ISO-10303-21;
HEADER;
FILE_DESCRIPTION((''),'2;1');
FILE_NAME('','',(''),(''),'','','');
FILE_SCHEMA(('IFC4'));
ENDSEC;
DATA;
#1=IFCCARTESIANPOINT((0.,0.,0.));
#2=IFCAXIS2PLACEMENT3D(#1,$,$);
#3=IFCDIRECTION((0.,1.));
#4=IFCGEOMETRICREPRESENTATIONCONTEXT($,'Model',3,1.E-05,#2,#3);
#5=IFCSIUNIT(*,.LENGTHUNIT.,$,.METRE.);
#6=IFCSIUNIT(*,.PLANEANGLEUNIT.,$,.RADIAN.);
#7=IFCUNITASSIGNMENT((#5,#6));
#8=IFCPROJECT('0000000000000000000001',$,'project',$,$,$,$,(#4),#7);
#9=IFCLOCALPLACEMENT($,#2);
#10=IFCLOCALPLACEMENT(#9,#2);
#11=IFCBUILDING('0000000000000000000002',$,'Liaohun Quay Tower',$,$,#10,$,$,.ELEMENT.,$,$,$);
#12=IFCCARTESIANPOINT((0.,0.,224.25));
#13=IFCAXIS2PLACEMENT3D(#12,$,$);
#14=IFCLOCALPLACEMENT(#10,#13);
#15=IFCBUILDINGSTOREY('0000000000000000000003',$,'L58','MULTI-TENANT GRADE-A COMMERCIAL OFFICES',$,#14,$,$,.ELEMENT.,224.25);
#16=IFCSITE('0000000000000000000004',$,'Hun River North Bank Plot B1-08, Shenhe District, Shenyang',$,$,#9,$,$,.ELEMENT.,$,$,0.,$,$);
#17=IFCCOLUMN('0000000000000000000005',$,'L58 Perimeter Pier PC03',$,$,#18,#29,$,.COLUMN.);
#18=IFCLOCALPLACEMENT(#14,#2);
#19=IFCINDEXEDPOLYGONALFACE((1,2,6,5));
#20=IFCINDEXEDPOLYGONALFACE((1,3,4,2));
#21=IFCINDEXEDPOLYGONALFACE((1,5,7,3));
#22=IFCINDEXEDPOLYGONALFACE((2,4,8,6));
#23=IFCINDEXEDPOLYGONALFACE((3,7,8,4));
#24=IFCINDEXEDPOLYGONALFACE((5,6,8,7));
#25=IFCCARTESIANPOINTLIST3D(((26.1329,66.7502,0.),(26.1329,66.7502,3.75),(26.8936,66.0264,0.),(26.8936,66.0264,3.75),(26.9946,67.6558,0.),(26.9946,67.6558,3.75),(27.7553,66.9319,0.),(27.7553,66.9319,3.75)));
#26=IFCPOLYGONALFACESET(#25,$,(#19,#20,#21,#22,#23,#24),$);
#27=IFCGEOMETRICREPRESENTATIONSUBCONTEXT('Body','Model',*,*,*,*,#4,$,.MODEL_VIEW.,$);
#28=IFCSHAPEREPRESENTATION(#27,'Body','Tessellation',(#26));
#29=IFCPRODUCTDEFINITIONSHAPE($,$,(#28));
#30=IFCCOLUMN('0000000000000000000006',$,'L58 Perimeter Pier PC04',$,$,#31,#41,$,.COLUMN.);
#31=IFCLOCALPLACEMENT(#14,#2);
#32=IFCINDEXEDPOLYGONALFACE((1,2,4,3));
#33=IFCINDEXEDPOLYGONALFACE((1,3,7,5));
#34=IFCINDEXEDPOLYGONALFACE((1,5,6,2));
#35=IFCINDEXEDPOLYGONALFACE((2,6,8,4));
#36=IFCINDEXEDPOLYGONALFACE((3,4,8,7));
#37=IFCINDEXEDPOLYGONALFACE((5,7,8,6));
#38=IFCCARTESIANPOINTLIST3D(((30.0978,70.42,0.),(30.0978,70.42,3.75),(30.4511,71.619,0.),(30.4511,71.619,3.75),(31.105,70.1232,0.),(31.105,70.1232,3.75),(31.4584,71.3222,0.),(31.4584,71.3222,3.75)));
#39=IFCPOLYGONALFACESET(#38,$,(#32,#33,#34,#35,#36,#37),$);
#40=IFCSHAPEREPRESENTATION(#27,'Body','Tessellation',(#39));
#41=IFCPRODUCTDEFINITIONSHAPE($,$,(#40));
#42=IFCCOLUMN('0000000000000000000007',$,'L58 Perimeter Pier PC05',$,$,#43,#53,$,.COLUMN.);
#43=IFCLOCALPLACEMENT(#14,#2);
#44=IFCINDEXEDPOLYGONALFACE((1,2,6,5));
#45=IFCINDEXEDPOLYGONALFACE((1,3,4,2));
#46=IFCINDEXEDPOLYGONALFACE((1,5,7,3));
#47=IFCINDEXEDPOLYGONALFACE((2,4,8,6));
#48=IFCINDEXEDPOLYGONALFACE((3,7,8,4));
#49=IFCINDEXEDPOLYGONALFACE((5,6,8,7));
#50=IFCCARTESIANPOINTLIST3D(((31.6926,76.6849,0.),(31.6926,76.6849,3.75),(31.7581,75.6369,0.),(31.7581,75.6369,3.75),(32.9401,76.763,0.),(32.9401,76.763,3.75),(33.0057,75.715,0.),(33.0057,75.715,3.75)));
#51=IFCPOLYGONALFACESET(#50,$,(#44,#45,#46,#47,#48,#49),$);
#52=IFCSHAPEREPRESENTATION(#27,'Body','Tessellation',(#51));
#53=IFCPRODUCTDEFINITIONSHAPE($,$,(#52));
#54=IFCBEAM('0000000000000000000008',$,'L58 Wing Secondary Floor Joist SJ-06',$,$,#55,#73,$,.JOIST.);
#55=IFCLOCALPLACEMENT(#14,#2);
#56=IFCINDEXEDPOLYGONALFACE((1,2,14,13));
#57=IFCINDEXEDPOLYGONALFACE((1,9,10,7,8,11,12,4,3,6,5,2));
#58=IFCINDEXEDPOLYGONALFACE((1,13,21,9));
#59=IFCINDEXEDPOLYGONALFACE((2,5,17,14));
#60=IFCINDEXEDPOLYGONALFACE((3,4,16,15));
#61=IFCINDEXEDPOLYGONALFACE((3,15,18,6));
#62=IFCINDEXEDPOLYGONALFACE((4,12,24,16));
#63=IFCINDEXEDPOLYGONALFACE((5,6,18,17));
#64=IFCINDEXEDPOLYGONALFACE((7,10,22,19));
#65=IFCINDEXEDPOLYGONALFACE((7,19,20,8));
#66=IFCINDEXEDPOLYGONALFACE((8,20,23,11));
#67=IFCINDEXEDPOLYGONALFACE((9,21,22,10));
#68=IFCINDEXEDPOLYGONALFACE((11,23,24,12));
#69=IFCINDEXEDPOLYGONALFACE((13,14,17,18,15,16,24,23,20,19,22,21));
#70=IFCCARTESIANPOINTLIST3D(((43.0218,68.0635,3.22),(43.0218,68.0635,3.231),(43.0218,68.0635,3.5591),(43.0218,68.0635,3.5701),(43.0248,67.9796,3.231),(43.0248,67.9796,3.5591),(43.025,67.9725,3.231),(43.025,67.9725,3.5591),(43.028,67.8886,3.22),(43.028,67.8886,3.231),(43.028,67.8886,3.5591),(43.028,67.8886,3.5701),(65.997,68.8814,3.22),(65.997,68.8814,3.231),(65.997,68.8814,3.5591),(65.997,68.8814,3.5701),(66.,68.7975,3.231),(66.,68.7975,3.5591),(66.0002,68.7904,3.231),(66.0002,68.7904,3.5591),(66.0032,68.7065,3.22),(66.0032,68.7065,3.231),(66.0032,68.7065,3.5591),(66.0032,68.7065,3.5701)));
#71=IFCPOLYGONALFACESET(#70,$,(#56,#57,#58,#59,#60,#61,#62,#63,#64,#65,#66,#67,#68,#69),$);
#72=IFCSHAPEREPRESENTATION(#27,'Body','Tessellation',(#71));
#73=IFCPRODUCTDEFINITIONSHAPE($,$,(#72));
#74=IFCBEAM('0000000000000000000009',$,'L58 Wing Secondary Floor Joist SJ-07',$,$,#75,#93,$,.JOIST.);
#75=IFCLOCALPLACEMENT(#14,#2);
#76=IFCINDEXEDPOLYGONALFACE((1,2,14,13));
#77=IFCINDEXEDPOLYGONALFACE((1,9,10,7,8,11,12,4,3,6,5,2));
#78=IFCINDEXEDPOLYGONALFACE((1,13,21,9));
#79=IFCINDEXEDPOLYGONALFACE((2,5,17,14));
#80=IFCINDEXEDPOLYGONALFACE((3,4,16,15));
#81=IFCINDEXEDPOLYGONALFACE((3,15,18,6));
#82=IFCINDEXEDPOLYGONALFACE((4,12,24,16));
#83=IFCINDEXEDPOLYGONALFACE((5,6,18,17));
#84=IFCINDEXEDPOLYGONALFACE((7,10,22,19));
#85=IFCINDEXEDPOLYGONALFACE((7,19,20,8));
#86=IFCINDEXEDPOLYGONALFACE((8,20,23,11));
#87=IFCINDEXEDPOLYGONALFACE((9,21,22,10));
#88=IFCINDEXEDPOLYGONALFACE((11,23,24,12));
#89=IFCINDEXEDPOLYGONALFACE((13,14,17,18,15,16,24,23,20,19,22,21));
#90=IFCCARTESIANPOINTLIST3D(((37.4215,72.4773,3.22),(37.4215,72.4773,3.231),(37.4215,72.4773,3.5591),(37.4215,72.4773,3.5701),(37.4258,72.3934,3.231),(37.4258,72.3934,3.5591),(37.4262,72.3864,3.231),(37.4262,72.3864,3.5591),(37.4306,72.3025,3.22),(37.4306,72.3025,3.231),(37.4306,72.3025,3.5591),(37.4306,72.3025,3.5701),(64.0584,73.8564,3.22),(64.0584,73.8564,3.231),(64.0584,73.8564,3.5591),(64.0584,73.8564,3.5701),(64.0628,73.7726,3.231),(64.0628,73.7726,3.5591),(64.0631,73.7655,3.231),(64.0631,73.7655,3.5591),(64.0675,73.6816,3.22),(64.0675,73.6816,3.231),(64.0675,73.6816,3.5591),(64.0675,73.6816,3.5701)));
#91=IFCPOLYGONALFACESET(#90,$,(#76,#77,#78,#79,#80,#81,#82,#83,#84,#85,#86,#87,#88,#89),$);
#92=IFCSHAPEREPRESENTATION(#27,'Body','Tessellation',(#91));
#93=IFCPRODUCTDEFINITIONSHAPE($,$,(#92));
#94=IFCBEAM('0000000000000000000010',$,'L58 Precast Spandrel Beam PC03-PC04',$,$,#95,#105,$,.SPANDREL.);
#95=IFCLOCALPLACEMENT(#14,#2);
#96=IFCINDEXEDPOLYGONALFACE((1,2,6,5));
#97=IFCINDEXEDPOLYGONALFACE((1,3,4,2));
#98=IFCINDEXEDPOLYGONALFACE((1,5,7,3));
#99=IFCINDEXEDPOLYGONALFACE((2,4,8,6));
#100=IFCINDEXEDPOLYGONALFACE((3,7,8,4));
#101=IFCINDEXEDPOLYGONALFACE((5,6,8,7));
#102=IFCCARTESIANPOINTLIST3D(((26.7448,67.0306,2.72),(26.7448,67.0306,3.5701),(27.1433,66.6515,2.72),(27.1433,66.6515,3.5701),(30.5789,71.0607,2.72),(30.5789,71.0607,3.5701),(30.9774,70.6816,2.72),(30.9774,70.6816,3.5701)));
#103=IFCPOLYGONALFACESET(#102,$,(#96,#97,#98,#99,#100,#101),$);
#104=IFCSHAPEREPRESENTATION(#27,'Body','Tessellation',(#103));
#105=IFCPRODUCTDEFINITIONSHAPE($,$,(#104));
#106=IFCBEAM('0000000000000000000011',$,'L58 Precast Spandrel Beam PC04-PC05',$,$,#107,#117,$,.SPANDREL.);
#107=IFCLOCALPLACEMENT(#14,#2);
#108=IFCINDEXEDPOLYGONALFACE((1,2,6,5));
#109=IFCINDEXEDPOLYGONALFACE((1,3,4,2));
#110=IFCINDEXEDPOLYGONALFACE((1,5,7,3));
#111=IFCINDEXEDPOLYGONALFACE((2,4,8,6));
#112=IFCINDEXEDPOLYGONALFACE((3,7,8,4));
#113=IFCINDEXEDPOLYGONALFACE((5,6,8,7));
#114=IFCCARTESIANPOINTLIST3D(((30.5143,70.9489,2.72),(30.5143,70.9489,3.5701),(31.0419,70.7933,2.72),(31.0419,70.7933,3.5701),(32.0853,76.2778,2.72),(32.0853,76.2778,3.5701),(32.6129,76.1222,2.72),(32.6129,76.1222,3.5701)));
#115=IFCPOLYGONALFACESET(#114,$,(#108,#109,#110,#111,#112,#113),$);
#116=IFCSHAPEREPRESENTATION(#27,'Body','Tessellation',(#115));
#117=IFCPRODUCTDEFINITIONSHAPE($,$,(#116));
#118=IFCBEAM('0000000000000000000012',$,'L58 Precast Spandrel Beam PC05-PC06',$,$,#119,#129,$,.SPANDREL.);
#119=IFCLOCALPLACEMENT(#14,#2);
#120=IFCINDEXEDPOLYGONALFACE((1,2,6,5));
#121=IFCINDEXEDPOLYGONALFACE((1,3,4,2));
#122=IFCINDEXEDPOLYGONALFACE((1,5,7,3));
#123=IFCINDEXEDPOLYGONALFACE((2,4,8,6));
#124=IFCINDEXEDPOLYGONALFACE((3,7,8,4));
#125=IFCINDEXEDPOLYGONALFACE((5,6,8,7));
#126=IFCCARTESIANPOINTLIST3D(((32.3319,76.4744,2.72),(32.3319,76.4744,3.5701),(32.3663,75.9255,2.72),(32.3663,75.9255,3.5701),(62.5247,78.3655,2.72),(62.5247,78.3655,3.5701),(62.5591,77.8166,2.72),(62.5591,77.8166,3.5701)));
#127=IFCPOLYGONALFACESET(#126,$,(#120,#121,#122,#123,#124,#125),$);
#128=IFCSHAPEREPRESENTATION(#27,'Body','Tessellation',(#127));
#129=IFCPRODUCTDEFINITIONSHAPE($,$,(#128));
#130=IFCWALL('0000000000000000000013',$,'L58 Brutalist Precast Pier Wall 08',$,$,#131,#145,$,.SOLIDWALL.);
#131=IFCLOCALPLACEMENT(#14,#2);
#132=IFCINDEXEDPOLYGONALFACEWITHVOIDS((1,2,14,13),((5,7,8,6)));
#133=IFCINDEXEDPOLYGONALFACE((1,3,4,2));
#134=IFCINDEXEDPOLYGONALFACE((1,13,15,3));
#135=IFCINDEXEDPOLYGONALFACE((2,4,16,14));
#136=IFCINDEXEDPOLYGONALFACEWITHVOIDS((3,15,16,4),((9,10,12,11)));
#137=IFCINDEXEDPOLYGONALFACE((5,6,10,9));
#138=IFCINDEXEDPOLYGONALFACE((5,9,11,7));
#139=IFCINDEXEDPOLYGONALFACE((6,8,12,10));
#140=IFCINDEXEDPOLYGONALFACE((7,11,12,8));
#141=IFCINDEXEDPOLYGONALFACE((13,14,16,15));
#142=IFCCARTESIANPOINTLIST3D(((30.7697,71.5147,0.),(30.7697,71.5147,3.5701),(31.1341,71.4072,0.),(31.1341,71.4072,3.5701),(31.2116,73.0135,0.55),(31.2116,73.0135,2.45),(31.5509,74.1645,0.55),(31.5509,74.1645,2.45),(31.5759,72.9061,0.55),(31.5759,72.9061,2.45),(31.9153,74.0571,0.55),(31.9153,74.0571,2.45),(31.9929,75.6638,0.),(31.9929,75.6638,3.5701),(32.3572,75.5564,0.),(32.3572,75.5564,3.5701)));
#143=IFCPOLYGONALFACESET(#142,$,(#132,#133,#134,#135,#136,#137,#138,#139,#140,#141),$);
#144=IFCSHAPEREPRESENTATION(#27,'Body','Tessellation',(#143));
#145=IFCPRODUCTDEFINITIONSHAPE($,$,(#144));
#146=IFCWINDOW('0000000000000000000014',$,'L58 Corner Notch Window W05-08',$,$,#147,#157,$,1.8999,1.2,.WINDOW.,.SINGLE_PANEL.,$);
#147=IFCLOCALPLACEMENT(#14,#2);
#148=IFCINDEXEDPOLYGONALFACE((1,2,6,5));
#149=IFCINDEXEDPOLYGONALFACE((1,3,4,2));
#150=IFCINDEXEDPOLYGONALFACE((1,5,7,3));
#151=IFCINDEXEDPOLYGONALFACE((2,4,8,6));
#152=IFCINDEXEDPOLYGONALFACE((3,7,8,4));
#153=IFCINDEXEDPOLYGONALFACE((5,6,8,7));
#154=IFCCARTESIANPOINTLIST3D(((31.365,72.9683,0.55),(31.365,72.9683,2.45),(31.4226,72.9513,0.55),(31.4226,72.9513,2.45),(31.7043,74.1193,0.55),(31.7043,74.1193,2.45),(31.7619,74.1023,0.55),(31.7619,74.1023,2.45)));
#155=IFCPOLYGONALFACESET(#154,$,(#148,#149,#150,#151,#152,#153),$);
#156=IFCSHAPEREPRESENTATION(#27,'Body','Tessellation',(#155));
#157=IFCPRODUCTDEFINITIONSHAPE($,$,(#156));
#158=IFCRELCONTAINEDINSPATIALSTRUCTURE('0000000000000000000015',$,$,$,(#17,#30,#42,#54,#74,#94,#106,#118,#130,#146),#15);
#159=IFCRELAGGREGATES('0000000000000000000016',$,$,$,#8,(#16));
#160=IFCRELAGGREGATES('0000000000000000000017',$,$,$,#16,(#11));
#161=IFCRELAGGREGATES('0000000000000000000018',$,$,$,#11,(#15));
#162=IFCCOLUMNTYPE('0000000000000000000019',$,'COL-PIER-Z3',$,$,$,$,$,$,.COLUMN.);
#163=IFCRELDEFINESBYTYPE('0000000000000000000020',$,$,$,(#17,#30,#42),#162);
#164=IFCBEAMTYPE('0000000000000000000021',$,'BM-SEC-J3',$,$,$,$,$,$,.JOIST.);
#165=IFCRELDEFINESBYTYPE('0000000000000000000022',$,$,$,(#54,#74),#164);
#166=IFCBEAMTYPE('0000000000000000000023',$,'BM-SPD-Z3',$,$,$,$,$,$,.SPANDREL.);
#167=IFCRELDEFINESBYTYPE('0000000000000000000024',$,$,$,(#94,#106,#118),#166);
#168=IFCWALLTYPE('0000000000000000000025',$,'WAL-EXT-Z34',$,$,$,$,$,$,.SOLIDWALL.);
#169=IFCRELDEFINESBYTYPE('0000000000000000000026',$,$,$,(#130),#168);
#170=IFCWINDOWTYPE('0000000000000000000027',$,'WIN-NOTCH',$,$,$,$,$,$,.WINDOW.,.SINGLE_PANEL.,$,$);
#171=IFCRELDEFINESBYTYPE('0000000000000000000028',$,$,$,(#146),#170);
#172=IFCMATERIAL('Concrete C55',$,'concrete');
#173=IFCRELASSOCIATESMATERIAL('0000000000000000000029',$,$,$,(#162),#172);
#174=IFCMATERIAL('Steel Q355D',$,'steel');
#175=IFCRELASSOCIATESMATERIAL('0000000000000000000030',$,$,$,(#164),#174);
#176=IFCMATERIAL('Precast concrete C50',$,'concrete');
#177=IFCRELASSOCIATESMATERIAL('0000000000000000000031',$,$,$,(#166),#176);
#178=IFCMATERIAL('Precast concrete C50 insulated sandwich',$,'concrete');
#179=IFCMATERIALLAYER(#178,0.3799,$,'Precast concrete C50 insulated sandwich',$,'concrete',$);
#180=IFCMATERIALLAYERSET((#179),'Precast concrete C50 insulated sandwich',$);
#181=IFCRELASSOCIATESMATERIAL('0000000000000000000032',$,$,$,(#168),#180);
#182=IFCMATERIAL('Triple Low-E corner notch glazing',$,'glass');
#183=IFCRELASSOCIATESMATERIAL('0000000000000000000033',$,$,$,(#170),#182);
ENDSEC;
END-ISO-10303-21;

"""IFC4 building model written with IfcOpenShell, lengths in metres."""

from ifc_helpers import new_model, si_unit, direction, frame, frame_2d, origin, origin_2d, place, context, subcontext, project, spatial, rectangle, i_section, extrude, source, transform, mapped, material, layer, layer_set, material_profile, profile_set, type_object, element, fill, save


model = new_model("IFC4")

# Units and contexts
model_context = context("Model", 3, precision=1e-05, world=origin(), true_north=direction((0.0, 1.0)))
body_context = subcontext(model_context, "Body", "Model", "MODEL_VIEW")
ifc_project = project(units=[si_unit("LENGTHUNIT", "METRE"), si_unit("PLANEANGLEUNIT", "RADIAN")], contexts=[model_context])

# Site, building, storey
site_placement = place(None, origin())
site = spatial("IfcSite", under=ifc_project, at=site_placement, Name="Hun River North Bank Plot B1-08, Shenhe District, Shenyang", CompositionType="ELEMENT", RefElevation=0.0)
building_placement = place(site_placement, origin())
building = spatial("IfcBuilding", under=site, at=building_placement, Name="Liaohun Quay Tower", CompositionType="ELEMENT")
storey_placement = place(building_placement, frame((0.0, 0.0, 224.25)))
storey = spatial("IfcBuildingStorey", under=building, at=storey_placement, Name="L58", Description="MULTI-TENANT GRADE-A COMMERCIAL OFFICES", CompositionType="ELEMENT", Elevation=224.25)

# Columns
ifc_material_1 = material(Name="Concrete C55", Category="concrete")
ifc_material_profile_1 = material_profile(ifc_material_1, rectangle(XDim=1.25, YDim=1.05, at=origin_2d()), Name="RC1250x1050")
ifc_profile_set_1 = profile_set([ifc_material_profile_1], Name="Concrete C55")
column_type = type_object("IfcColumnType", Name="COL-PIER-Z3", PredefinedType="COLUMN", material=ifc_profile_set_1)
shared_shape_1 = source(origin(), body_context, "Body", "SweptSolid", [
    extrude(rectangle(XDim=1.25, YDim=1.05, at=origin_2d()), origin(), (0.0, 0.0, 1.0), 3.75),
])
for number, where, z_axis, x_axis, name in (
    (1, (26.9441, 66.8411, 0.0), (0.0, 0.0, 1.0), (0.689367, 0.724413, 0.0), "L58 Perimeter Pier PC03"),
    (2, (30.7781, 70.8711, 0.0), (0.0, 0.0, 1.0), (0.282676, 0.959215, 0.0), "L58 Perimeter Pier PC04"),
    (3, (32.3491, 76.2, 0.0), (0.0, 0.0, 1.0), (0.998049, 0.062442, 0.0), "L58 Perimeter Pier PC05"),
):
    element("IfcColumn", number, at=place(storey_placement, frame(where, z_axis=z_axis, x_axis=x_axis)), inside=storey, type_object=column_type, Name=name, PredefinedType="COLUMN", context=body_context, shape_type="MappedRepresentation", body=[
        mapped(shared_shape_1, transform((0.0, 0.0, 0.0), x_axis=(1.0, 0.0, 0.0), y_axis=(0.0, 1.0, 0.0), z_axis=(0.0, 0.0, 1.0), scale=1.0)),
    ])

# Beams
ifc_material_2 = material(Name="Steel Q355D", Category="steel")
ifc_material_profile_2 = material_profile(ifc_material_2, i_section(OverallWidth=0.175, OverallDepth=0.3501, WebThickness=0.0071, FlangeThickness=0.011, at=origin_2d()), Name="HN350x175x7x11")
ifc_profile_set_2 = profile_set([ifc_material_profile_2], Name="Steel Q355D")
beam_type_1 = type_object("IfcBeamType", Name="BM-SEC-J3", PredefinedType="JOIST", material=ifc_profile_set_2)
shared_shape_2 = source(origin(), body_context, "Body", "SweptSolid", [
    extrude(i_section(OverallWidth=0.175, OverallDepth=0.3501, WebThickness=0.0071, FlangeThickness=0.011, at=origin_2d()), origin(), (0.0, 0.0, 1.0), 22.9897),
])
beam_1_placement = place(storey_placement, frame((43.0249, 67.9761, 3.395), z_axis=(0.999367, 0.035576, 0.0), x_axis=(-0.035576, 0.999367, 0.0)))
element("IfcBeam", 4, at=beam_1_placement, inside=storey, type_object=beam_type_1, Name="L58 Wing Secondary Floor Joist SJ-06", PredefinedType="JOIST", context=body_context, shape_type="MappedRepresentation", body=[
    mapped(shared_shape_2, transform((0.0, 0.0, 0.0), x_axis=(1.0, 0.0, 0.0), y_axis=(0.0, 1.0, 0.0), z_axis=(0.0, 0.0, 1.0), scale=1.0)),
])
shared_shape_3 = source(origin(), body_context, "Body", "SweptSolid", [
    extrude(i_section(OverallWidth=0.175, OverallDepth=0.3501, WebThickness=0.0071, FlangeThickness=0.011, at=origin_2d()), origin(), (0.0, 0.0, 1.0), 26.6726),
])
beam_2_placement = place(storey_placement, frame((37.426, 72.3899, 3.395), z_axis=(0.998662, 0.051707, 0.0), x_axis=(-0.051707, 0.998662, 0.0)))
element("IfcBeam", 5, at=beam_2_placement, inside=storey, type_object=beam_type_1, Name="L58 Wing Secondary Floor Joist SJ-07", PredefinedType="JOIST", context=body_context, shape_type="MappedRepresentation", body=[
    mapped(shared_shape_3, transform((0.0, 0.0, 0.0), x_axis=(1.0, 0.0, 0.0), y_axis=(0.0, 1.0, 0.0), z_axis=(0.0, 0.0, 1.0), scale=1.0)),
])
ifc_material_3 = material(Name="Precast concrete C50", Category="concrete")
ifc_material_profile_3 = material_profile(ifc_material_3, rectangle(XDim=0.55, YDim=0.8501, at=origin_2d()), Name="RC550x850")
ifc_profile_set_3 = profile_set([ifc_material_profile_3], Name="Precast concrete C50")
beam_type_2 = type_object("IfcBeamType", Name="BM-SPD-Z3", PredefinedType="SPANDREL", material=ifc_profile_set_3)
shared_shape_4 = source(origin(), body_context, "Body", "SweptSolid", [
    extrude(rectangle(XDim=0.55, YDim=0.8501, at=origin_2d()), origin(), (0.0, 0.0, 1.0), 5.5625),
])
beam_3_placement = place(storey_placement, frame((26.9441, 66.8411, 3.145), z_axis=(0.689265, 0.724509, 0.0), x_axis=(-0.724509, 0.689265, 0.0)))
element("IfcBeam", 6, at=beam_3_placement, inside=storey, type_object=beam_type_2, Name="L58 Precast Spandrel Beam PC03-PC04", PredefinedType="SPANDREL", context=body_context, shape_type="MappedRepresentation", body=[
    mapped(shared_shape_4, transform((0.0, 0.0, 0.0), x_axis=(1.0, 0.0, 0.0), y_axis=(0.0, 1.0, 0.0), z_axis=(0.0, 0.0, 1.0), scale=1.0)),
])
shared_shape_5 = source(origin(), body_context, "Body", "SweptSolid", [
    extrude(rectangle(XDim=0.55, YDim=0.8501, at=origin_2d()), origin(), (0.0, 0.0, 1.0), 5.5557),
])
beam_4_placement = place(storey_placement, frame((30.7781, 70.8711, 3.145), z_axis=(0.282785, 0.959183, 0.0), x_axis=(-0.959183, 0.282785, 0.0)))
element("IfcBeam", 7, at=beam_4_placement, inside=storey, type_object=beam_type_2, Name="L58 Precast Spandrel Beam PC04-PC05", PredefinedType="SPANDREL", context=body_context, shape_type="MappedRepresentation", body=[
    mapped(shared_shape_5, transform((0.0, 0.0, 0.0), x_axis=(1.0, 0.0, 0.0), y_axis=(0.0, 1.0, 0.0), z_axis=(0.0, 0.0, 1.0), scale=1.0)),
])
shared_shape_6 = source(origin(), body_context, "Body", "SweptSolid", [
    extrude(rectangle(XDim=0.55, YDim=0.8501, at=origin_2d()), origin(), (0.0, 0.0, 1.0), 30.252),
])
beam_5_placement = place(storey_placement, frame((32.3491, 76.2, 3.145), z_axis=(0.998044, 0.062512, 0.0), x_axis=(-0.062512, 0.998044, 0.0)))
element("IfcBeam", 8, at=beam_5_placement, inside=storey, type_object=beam_type_2, Name="L58 Precast Spandrel Beam PC05-PC06", PredefinedType="SPANDREL", context=body_context, shape_type="MappedRepresentation", body=[
    mapped(shared_shape_6, transform((0.0, 0.0, 0.0), x_axis=(1.0, 0.0, 0.0), y_axis=(0.0, 1.0, 0.0), z_axis=(0.0, 0.0, 1.0), scale=1.0)),
])

# Wall, opening, window
ifc_material_4 = material(Name="Precast concrete C50 insulated sandwich", Category="concrete")
ifc_layer_1 = layer(ifc_material_4, 0.3799, Name="Precast concrete C50 insulated sandwich", Category="concrete")
ifc_layer_set_1 = layer_set([ifc_layer_1], Name="Precast concrete C50 insulated sandwich")
wall_type_1 = type_object("IfcWallType", Name="WAL-EXT-Z34", PredefinedType="SOLIDWALL", material=ifc_layer_set_1)
wall_1_placement = place(storey_placement, frame((32.175, 75.6101, 0.0), z_axis=(0.0, 0.0, 1.0), x_axis=(-0.282762, -0.95919, 0.0)))
wall_1 = element("IfcWall", 9, at=wall_1_placement, inside=storey, type_object=wall_type_1, Name="L58 Brutalist Precast Pier Wall 08", PredefinedType="SOLIDWALL", context=body_context, shape_type="SweptSolid", body=[
    extrude(rectangle(XDim=4.3257, YDim=0.3799, at=frame_2d((2.1628, 0.0))), origin(), (0.0, 0.0, 1.0), 3.5701),
])
shared_shape_7 = source(origin(), body_context, "Body", "SweptSolid", [
    extrude(rectangle(XDim=1.2, YDim=1.8999, at=frame_2d((0.6001, 0.95))), frame((0.0, 0.2, 0.0), z_axis=(0.0, -1.0, 0.0), x_axis=(1.0, 0.0, 0.0)), (0.0, 0.0, 1.0), 0.3999),
])
opening_1_placement = place(wall_1_placement, frame((1.563, 0.0, 0.55)))
opening_1 = element("IfcOpeningElement", 10, at=opening_1_placement, cuts=wall_1, PredefinedType="OPENING", context=body_context, shape_type="MappedRepresentation", body=[
    mapped(shared_shape_7, transform((0.0, 0.0, 0.0), x_axis=(1.0, 0.0, 0.0), y_axis=(0.0, 1.0, 0.0), z_axis=(0.0, 0.0, 1.0), scale=1.0)),
])
ifc_material_5 = material(Name="Triple Low-E corner notch glazing", Category="glass")
window_type_1 = type_object("IfcWindowType", Name="WIN-NOTCH", PartitioningType="SINGLE_PANEL", PredefinedType="WINDOW", material=ifc_material_5)
shared_shape_8 = source(origin(), body_context, "Body", "SweptSolid", [
    extrude(rectangle(XDim=1.2, YDim=1.8999, at=frame_2d((0.6001, 0.95))), frame((0.0, 0.03, 0.0), z_axis=(0.0, -1.0, 0.0), x_axis=(1.0, 0.0, 0.0)), (0.0, 0.0, 1.0), 0.0601),
])
window_1_placement = place(opening_1_placement, origin())
window_1 = element("IfcWindow", 11, at=window_1_placement, inside=storey, type_object=window_type_1, Name="L58 Corner Notch Window W05-08", OverallHeight=1.8999, OverallWidth=1.2, PartitioningType="SINGLE_PANEL", PredefinedType="WINDOW", context=body_context, shape_type="MappedRepresentation", body=[
    mapped(shared_shape_8, transform((0.0, 0.0, 0.0), x_axis=(1.0, 0.0, 0.0), y_axis=(0.0, 1.0, 0.0), z_axis=(0.0, 0.0, 1.0), scale=1.0)),
])
fill(opening_1, window_1)

save(model, "model.ifc")
